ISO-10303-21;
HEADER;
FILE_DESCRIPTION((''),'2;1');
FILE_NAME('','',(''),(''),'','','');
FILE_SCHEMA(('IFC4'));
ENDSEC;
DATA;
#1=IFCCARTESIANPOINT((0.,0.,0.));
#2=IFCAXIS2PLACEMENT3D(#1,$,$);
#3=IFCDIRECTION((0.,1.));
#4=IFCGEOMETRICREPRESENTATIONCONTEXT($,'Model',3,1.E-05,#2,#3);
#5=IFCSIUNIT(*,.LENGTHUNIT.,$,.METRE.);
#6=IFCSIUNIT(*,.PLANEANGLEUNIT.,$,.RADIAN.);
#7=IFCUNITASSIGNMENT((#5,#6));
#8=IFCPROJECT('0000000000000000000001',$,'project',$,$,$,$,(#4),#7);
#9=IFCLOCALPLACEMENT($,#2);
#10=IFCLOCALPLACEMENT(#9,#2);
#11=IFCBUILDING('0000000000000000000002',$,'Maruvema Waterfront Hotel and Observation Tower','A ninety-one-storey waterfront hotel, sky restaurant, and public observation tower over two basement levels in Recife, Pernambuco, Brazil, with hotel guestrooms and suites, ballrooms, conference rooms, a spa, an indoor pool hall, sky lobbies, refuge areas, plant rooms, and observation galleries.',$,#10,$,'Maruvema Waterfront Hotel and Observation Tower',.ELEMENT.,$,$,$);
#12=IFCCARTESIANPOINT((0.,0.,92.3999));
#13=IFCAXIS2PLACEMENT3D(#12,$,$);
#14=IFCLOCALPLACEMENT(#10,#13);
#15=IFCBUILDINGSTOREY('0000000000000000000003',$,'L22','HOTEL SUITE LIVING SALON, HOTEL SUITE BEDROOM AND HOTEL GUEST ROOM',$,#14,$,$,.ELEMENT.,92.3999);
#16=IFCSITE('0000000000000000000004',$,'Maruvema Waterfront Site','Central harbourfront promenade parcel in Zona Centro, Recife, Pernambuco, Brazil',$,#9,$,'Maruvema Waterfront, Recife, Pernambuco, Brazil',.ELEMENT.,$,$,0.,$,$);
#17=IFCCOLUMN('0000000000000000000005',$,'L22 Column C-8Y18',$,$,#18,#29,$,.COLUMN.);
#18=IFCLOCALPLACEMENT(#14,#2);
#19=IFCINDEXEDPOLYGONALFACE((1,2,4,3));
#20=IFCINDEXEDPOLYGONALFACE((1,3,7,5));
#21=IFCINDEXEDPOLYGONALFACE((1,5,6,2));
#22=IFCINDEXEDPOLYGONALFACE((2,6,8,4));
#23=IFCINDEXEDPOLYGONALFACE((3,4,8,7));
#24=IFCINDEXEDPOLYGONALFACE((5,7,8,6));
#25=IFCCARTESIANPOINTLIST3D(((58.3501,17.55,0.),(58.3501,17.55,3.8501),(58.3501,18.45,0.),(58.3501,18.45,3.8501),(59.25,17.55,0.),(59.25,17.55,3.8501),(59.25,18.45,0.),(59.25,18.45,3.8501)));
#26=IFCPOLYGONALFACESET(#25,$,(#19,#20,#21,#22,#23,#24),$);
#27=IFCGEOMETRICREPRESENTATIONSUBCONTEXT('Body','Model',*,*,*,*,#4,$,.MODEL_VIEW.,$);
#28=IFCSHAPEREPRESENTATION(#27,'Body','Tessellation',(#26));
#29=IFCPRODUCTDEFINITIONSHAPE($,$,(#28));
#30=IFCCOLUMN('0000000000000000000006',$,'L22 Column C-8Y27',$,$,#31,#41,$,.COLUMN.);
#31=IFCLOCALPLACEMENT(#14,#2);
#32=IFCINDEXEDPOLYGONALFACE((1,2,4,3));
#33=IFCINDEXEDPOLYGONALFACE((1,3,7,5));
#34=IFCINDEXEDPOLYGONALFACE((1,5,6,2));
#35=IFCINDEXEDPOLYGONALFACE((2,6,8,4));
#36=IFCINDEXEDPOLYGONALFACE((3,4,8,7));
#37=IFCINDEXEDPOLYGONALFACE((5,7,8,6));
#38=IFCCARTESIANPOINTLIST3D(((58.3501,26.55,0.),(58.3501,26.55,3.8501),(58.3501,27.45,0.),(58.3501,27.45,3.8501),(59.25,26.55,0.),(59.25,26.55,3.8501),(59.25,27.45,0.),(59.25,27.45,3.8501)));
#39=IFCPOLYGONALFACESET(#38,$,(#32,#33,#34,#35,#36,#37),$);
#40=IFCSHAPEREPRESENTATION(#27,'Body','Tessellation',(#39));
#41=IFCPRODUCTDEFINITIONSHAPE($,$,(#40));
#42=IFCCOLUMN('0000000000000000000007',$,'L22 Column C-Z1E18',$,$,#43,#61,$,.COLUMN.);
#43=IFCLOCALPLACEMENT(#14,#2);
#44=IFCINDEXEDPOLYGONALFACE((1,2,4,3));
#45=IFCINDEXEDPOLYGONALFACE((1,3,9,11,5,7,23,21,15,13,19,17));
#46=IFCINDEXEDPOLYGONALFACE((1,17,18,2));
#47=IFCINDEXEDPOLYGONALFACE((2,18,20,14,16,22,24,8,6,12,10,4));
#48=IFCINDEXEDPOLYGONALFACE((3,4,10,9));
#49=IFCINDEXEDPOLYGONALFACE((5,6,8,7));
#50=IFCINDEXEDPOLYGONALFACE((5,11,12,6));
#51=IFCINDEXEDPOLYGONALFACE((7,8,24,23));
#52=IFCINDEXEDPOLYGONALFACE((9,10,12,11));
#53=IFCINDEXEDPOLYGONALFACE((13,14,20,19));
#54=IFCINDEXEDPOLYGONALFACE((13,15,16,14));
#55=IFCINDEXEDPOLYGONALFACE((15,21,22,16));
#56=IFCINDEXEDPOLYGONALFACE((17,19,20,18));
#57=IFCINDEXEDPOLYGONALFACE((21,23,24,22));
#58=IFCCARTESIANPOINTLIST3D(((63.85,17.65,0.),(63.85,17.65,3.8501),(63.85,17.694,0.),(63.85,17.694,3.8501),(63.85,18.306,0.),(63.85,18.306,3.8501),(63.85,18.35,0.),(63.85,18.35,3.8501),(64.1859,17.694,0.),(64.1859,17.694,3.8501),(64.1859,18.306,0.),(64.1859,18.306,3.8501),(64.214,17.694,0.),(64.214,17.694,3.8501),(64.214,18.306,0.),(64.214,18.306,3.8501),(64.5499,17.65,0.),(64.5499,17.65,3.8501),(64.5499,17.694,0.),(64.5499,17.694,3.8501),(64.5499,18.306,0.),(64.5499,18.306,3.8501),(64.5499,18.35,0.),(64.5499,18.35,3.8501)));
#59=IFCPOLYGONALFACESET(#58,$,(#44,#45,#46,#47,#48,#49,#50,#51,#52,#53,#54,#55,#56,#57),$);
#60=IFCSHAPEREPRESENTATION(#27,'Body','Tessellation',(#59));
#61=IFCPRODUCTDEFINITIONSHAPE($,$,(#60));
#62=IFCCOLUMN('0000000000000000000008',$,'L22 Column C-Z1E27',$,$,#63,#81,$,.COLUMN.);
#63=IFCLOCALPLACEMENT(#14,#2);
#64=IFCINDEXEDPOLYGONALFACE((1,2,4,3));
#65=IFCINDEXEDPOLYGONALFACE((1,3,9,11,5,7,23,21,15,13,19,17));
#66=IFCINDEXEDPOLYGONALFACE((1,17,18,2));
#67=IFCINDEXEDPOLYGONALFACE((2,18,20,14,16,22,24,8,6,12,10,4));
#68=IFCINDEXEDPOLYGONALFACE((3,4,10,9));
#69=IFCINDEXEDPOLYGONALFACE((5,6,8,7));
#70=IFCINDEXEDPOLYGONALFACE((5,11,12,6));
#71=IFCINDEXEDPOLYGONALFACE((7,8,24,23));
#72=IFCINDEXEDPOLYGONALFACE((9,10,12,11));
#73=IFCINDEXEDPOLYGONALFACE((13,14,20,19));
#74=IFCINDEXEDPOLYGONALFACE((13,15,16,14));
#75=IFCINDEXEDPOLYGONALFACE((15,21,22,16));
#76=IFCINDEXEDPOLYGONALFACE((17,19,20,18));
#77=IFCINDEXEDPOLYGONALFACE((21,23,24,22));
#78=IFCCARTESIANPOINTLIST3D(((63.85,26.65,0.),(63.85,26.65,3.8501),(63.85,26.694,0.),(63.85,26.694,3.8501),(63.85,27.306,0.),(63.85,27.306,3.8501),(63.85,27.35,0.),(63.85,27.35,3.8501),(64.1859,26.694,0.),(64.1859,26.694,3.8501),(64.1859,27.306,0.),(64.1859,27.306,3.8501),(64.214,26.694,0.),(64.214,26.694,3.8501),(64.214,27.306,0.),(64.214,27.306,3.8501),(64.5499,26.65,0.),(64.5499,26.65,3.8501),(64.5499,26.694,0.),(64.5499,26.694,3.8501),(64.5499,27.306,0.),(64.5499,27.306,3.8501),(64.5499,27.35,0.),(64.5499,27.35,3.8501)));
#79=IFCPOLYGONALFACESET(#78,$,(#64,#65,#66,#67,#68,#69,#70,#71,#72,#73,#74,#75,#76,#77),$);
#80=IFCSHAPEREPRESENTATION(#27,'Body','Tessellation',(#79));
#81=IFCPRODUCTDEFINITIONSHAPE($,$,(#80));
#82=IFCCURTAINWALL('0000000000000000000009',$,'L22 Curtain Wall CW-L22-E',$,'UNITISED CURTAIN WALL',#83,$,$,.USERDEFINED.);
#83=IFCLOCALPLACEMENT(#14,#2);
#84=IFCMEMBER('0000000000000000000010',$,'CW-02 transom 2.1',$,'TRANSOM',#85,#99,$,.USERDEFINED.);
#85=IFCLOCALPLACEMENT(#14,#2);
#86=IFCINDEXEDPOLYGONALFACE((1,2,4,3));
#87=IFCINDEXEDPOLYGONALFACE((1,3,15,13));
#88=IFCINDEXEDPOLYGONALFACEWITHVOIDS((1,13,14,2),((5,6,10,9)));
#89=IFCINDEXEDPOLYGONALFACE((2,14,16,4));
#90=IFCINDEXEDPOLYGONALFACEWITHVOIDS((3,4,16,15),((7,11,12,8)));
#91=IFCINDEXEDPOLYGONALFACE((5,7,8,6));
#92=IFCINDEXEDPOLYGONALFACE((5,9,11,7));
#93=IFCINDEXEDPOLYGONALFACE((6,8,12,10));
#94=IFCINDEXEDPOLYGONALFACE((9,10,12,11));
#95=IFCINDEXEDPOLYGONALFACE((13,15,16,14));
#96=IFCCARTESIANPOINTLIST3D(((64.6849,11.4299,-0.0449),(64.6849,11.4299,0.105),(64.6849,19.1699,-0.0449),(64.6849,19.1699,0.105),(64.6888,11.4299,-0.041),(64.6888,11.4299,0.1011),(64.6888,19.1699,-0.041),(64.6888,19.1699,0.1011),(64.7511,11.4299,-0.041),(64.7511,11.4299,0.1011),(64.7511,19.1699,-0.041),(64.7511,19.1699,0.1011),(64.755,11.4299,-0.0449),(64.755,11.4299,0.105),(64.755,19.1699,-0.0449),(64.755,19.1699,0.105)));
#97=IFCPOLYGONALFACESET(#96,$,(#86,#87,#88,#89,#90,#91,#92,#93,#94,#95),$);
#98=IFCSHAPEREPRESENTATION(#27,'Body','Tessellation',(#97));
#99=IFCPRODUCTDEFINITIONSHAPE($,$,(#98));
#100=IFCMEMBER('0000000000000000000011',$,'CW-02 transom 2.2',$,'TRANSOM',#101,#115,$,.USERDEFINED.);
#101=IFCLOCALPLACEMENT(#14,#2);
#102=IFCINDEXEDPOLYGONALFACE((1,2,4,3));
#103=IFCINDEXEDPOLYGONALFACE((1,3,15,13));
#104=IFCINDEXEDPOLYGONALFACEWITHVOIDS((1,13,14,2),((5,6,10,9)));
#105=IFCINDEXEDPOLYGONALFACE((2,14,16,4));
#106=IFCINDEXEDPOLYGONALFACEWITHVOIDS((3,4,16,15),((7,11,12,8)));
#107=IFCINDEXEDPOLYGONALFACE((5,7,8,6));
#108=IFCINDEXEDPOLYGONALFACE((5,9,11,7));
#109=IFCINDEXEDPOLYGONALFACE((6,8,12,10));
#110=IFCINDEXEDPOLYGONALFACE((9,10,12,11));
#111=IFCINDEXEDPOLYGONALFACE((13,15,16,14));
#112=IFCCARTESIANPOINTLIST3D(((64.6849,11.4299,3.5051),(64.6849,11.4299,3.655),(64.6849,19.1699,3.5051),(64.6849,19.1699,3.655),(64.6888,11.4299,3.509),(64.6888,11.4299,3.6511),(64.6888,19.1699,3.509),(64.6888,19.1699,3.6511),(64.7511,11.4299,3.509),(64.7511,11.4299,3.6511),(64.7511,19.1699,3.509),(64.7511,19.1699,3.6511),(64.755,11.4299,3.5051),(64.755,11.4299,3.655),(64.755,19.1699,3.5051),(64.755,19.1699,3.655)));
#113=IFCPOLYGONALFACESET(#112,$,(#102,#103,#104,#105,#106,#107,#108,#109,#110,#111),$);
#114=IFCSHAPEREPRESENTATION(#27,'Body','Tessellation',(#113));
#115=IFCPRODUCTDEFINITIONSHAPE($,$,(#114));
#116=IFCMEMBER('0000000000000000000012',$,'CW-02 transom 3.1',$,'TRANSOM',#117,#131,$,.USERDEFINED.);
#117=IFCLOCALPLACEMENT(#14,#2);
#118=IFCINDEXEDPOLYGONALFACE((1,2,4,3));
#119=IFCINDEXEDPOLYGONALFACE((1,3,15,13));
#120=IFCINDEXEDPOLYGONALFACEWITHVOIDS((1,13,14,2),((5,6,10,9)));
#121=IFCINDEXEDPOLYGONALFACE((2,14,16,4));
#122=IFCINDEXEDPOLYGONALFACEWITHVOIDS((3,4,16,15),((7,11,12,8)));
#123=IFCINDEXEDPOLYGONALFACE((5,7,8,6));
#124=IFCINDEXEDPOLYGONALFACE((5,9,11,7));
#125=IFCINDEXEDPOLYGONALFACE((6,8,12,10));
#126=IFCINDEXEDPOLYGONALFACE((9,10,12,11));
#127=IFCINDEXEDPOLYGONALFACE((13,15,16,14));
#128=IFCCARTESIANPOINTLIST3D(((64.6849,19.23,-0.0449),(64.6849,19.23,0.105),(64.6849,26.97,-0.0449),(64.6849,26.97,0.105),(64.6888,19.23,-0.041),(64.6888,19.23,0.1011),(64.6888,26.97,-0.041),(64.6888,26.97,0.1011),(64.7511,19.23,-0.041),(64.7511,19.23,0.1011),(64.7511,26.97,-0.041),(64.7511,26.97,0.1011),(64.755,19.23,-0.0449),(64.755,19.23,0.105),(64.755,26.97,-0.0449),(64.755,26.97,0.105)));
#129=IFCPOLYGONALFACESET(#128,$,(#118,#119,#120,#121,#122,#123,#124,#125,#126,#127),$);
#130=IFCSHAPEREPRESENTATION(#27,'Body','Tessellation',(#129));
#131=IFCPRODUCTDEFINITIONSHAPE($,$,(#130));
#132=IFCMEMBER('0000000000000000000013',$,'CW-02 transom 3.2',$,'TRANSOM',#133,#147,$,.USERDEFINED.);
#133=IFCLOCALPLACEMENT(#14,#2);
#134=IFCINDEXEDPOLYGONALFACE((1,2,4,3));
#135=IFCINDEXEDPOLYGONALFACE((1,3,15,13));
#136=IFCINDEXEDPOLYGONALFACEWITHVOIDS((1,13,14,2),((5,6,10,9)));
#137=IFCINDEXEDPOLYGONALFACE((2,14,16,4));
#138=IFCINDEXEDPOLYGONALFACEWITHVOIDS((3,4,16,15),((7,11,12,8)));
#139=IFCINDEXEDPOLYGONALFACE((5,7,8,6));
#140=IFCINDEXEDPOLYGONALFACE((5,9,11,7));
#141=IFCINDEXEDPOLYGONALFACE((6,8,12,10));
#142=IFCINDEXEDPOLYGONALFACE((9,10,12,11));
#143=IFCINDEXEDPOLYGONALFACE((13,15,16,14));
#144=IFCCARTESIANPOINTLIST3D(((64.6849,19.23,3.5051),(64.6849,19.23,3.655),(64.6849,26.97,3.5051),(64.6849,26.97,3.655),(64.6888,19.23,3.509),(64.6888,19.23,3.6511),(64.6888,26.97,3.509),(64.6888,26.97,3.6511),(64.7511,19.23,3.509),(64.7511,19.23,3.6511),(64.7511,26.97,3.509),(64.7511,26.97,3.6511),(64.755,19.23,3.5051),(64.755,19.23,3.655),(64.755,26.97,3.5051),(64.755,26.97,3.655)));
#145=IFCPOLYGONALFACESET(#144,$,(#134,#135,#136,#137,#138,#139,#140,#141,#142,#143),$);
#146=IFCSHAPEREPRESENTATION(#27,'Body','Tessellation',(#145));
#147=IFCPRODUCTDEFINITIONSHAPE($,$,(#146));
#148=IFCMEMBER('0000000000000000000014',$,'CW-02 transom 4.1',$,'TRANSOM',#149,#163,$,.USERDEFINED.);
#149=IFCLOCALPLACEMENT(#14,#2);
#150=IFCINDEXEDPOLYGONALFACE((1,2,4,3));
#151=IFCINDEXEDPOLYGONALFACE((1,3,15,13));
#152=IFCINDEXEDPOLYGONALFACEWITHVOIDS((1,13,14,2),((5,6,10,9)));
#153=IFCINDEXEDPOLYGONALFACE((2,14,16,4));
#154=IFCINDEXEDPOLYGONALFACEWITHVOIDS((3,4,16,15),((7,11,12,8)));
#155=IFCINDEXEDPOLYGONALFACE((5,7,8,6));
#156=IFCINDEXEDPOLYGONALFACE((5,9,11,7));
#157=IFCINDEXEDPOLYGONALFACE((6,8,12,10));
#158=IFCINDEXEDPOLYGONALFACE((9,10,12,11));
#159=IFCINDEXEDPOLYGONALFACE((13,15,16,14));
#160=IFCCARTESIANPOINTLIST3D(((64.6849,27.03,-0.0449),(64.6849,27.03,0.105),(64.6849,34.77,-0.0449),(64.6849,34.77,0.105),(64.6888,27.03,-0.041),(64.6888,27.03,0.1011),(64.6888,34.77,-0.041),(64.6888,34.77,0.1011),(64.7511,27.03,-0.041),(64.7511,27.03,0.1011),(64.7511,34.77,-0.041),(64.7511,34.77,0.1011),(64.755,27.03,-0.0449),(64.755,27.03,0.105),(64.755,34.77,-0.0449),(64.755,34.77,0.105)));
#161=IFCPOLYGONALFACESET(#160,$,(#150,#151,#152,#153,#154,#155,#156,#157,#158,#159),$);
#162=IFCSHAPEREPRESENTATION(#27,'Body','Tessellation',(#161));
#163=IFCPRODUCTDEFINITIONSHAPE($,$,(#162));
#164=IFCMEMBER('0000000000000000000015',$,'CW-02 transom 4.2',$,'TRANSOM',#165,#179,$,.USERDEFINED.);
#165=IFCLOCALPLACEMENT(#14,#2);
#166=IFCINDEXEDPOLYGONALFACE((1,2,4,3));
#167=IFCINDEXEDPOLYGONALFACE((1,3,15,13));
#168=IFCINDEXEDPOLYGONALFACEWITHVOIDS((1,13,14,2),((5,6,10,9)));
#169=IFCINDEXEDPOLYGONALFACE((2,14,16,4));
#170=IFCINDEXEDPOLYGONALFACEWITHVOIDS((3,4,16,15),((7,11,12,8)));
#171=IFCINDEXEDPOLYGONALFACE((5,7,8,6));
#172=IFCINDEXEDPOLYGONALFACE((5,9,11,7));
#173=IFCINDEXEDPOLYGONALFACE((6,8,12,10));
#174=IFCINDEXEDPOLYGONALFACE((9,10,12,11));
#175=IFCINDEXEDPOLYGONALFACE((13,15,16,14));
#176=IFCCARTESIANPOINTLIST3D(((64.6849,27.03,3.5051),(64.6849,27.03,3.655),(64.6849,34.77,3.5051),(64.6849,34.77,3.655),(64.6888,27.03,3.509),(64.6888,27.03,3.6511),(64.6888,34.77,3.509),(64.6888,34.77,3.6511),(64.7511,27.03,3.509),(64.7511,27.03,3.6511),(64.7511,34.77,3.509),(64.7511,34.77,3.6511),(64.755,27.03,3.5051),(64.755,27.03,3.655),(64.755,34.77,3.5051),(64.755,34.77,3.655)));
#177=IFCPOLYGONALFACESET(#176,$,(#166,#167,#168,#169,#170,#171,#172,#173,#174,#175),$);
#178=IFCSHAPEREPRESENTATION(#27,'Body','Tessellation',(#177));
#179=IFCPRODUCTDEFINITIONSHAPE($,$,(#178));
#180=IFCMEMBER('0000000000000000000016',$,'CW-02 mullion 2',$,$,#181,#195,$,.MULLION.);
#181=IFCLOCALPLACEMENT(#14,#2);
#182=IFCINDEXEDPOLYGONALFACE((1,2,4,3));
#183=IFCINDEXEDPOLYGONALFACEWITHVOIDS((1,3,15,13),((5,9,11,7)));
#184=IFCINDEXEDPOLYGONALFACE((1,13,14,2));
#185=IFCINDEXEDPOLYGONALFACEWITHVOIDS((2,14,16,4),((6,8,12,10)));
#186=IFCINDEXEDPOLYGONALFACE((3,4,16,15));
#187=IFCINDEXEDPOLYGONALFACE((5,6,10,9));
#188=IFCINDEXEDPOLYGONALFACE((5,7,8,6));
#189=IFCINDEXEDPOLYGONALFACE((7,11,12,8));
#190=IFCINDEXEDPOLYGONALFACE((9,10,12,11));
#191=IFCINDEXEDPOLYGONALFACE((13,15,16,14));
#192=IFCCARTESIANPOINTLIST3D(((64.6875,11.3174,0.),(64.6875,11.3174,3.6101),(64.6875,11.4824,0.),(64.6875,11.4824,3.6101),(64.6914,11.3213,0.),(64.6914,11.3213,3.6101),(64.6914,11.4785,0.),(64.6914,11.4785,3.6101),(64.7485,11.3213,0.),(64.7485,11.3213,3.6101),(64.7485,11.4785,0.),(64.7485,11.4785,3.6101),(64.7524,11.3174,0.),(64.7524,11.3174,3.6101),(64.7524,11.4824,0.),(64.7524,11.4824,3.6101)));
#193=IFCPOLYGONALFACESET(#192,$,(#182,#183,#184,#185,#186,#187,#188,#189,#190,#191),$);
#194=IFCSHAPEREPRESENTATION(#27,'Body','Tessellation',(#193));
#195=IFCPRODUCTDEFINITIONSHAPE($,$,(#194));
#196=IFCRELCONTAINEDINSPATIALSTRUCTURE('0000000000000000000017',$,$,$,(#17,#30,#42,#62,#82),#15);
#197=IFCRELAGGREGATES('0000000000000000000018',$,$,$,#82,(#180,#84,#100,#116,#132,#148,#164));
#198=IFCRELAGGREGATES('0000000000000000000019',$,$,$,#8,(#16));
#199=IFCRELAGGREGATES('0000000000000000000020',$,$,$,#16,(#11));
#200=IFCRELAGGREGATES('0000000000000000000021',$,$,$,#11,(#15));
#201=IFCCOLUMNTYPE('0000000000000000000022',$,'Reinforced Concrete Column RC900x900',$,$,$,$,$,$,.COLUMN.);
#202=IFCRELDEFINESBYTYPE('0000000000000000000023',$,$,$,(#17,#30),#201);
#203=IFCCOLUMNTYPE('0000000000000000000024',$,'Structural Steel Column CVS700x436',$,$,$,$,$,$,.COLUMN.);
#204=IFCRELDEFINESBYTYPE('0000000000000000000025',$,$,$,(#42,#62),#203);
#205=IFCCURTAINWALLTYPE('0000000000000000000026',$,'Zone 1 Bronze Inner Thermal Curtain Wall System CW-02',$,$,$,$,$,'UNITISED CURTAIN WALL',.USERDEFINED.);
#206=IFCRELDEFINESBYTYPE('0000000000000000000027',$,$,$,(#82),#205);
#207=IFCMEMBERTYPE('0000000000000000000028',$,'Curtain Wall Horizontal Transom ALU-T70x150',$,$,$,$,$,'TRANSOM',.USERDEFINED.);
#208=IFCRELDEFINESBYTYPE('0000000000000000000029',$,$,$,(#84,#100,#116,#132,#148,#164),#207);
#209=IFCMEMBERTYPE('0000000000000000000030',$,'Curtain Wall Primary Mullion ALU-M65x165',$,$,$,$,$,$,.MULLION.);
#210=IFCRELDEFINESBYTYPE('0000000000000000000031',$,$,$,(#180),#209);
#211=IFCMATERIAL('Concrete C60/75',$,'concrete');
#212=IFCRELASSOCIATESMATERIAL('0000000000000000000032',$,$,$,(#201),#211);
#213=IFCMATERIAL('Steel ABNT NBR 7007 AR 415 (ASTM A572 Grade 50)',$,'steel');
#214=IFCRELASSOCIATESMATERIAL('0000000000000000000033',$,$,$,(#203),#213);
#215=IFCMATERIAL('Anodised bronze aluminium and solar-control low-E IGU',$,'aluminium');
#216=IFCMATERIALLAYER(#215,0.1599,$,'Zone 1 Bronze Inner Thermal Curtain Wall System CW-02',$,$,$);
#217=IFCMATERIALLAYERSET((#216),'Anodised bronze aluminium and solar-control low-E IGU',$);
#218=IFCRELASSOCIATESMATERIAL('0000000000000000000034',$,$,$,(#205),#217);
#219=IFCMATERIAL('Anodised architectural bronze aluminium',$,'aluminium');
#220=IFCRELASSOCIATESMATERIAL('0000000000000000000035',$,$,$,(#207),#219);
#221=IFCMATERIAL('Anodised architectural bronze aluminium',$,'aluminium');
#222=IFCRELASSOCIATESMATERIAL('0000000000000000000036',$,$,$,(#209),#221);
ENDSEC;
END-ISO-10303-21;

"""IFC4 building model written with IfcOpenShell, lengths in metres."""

from ifc_helpers import new_model, si_unit, direction, frame, origin, origin_2d, place, context, subcontext, project, spatial, rectangle, hollow_rectangle, i_section, extrude, material, layer, layer_set, material_profile, profile_set, type_object, element, aggregate, save


model = new_model("IFC4")

# Units and contexts
model_context = context("Model", 3, precision=1e-05, world=origin(), true_north=direction((0.0, 1.0)))
body_context = subcontext(model_context, "Body", "Model", "MODEL_VIEW")
ifc_project = project(units=[si_unit("LENGTHUNIT", "METRE"), si_unit("PLANEANGLEUNIT", "RADIAN")], contexts=[model_context])

# Site, building, storey
site_placement = place(None, origin())
site = spatial("IfcSite", under=ifc_project, at=site_placement, Name="Maruvema Waterfront Site", Description="Central harbourfront promenade parcel in Zona Centro, Recife, Pernambuco, Brazil", LongName="Maruvema Waterfront, Recife, Pernambuco, Brazil", CompositionType="ELEMENT", RefElevation=0.0)
building_placement = place(site_placement, origin())
building = spatial("IfcBuilding", under=site, at=building_placement, Name="Maruvema Waterfront Hotel and Observation Tower", Description="A ninety-one-storey waterfront hotel, sky restaurant, and public observation tower over two basement levels in Recife, Pernambuco, Brazil, with hotel guestrooms and suites, ballrooms, conference rooms, a spa, an indoor pool hall, sky lobbies, refuge areas, plant rooms, and observation galleries.", LongName="Maruvema Waterfront Hotel and Observation Tower", CompositionType="ELEMENT")
storey_placement = place(building_placement, frame((0.0, 0.0, 92.3999)))
storey = spatial("IfcBuildingStorey", under=building, at=storey_placement, Name="L22", Description="HOTEL SUITE LIVING SALON, HOTEL SUITE BEDROOM AND HOTEL GUEST ROOM", CompositionType="ELEMENT", Elevation=92.3999)

# Columns
ifc_material_1 = material(Name="Concrete C60/75", Category="concrete")
ifc_material_profile_1 = material_profile(ifc_material_1, rectangle(XDim=0.8999, YDim=0.8999, at=origin_2d()), Name="RC900x900")
ifc_profile_set_1 = profile_set([ifc_material_profile_1], Name="Concrete C60/75")
column_type_1 = type_object("IfcColumnType", Name="Reinforced Concrete Column RC900x900", PredefinedType="COLUMN", material=ifc_profile_set_1)
for number, where, z_axis, x_axis, name in (
    (1, (58.8, 18.0, 0.0), (0.0, 0.0, 1.0), (1.0, 0.0, 0.0), "L22 Column C-8Y18"),
    (2, (58.8, 27.0, 0.0), (0.0, 0.0, 1.0), (1.0, 0.0, 0.0), "L22 Column C-8Y27"),
):
    element("IfcColumn", number, at=place(storey_placement, frame(where, z_axis=z_axis, x_axis=x_axis)), inside=storey, type_object=column_type_1, Name=name, PredefinedType="COLUMN", context=body_context, shape_type="SweptSolid", body=[
        extrude(rectangle(XDim=0.8999, YDim=0.8999, at=origin_2d()), origin(), (0.0, 0.0, 1.0), 3.8501),
    ])
ifc_material_2 = material(Name="Steel ABNT NBR 7007 AR 415 (ASTM A572 Grade 50)", Category="steel")
ifc_material_profile_2 = material_profile(ifc_material_2, i_section(OverallWidth=0.7, OverallDepth=0.7, WebThickness=0.0281, FlangeThickness=0.0439, at=origin_2d()), Name="CVS700x436")
ifc_profile_set_2 = profile_set([ifc_material_profile_2], Name="Steel ABNT NBR 7007 AR 415 (ASTM A572 Grade 50)")
column_type_2 = type_object("IfcColumnType", Name="Structural Steel Column CVS700x436", PredefinedType="COLUMN", material=ifc_profile_set_2)
for number, where, z_axis, x_axis, name in (
    (3, (64.2, 18.0, 0.0), (0.0, 0.0, 1.0), (1.0, 0.0, 0.0), "L22 Column C-Z1E18"),
    (4, (64.2, 27.0, 0.0), (0.0, 0.0, 1.0), (1.0, 0.0, 0.0), "L22 Column C-Z1E27"),
):
    element("IfcColumn", number, at=place(storey_placement, frame(where, z_axis=z_axis, x_axis=x_axis)), inside=storey, type_object=column_type_2, Name=name, PredefinedType="COLUMN", context=body_context, shape_type="SweptSolid", body=[
        extrude(i_section(OverallWidth=0.7, OverallDepth=0.7, WebThickness=0.0281, FlangeThickness=0.0439, at=origin_2d()), origin(), (0.0, 0.0, 1.0), 3.8501),
    ])

# Curtain wall, members
ifc_material_3 = material(Name="Anodised bronze aluminium and solar-control low-E IGU", Category="aluminium")
ifc_layer_1 = layer(ifc_material_3, 0.1599, Name="Zone 1 Bronze Inner Thermal Curtain Wall System CW-02")
ifc_layer_set_1 = layer_set([ifc_layer_1], Name="Anodised bronze aluminium and solar-control low-E IGU")
curtain_wall_type = type_object("IfcCurtainWallType", Name="Zone 1 Bronze Inner Thermal Curtain Wall System CW-02", ElementType="UNITISED CURTAIN WALL", PredefinedType="USERDEFINED", material=ifc_layer_set_1)
curtain_wall_placement = place(storey_placement, origin())
curtain_wall = element("IfcCurtainWall", 5, at=curtain_wall_placement, inside=storey, type_object=curtain_wall_type, Name="L22 Curtain Wall CW-L22-E", ObjectType="UNITISED CURTAIN WALL", PredefinedType="USERDEFINED")
ifc_material_4 = material(Name="Anodised architectural bronze aluminium", Category="aluminium")
ifc_material_profile_3 = material_profile(ifc_material_4, hollow_rectangle(XDim=0.0701, YDim=0.1499, WallThickness=0.0039, at=origin_2d()), Name="ALU-T70x150")
ifc_profile_set_3 = profile_set([ifc_material_profile_3], Name="Anodised architectural bronze aluminium")
member_type_1 = type_object("IfcMemberType", Name="Curtain Wall Horizontal Transom ALU-T70x150", ElementType="TRANSOM", PredefinedType="USERDEFINED", material=ifc_profile_set_3)
member_1_placement = place(storey_placement, frame((64.72, 11.4299, 0.03), z_axis=(0.0, 1.0, 0.0), x_axis=(-1.0, 0.0, 0.0)))
member_1 = element("IfcMember", 6, at=member_1_placement, type_object=member_type_1, Name="CW-02 transom 2.1", ObjectType="TRANSOM", PredefinedType="USERDEFINED", context=body_context, shape_type="SweptSolid", body=[
    extrude(hollow_rectangle(XDim=0.0701, YDim=0.1499, WallThickness=0.0039, at=origin_2d()), origin(), (0.0, 0.0, 1.0), 7.74),
])
member_2_placement = place(storey_placement, frame((64.72, 11.4299, 3.5801), z_axis=(0.0, 1.0, 0.0), x_axis=(-1.0, 0.0, 0.0)))
member_2 = element("IfcMember", 7, at=member_2_placement, type_object=member_type_1, Name="CW-02 transom 2.2", ObjectType="TRANSOM", PredefinedType="USERDEFINED", context=body_context, shape_type="SweptSolid", body=[
    extrude(hollow_rectangle(XDim=0.0701, YDim=0.1499, WallThickness=0.0039, at=origin_2d()), origin(), (0.0, 0.0, 1.0), 7.74),
])
member_3_placement = place(storey_placement, frame((64.72, 19.23, 0.03), z_axis=(0.0, 1.0, 0.0), x_axis=(-1.0, 0.0, 0.0)))
member_3 = element("IfcMember", 8, at=member_3_placement, type_object=member_type_1, Name="CW-02 transom 3.1", ObjectType="TRANSOM", PredefinedType="USERDEFINED", context=body_context, shape_type="SweptSolid", body=[
    extrude(hollow_rectangle(XDim=0.0701, YDim=0.1499, WallThickness=0.0039, at=origin_2d()), origin(), (0.0, 0.0, 1.0), 7.74),
])
member_4_placement = place(storey_placement, frame((64.72, 19.23, 3.5801), z_axis=(0.0, 1.0, 0.0), x_axis=(-1.0, 0.0, 0.0)))
member_4 = element("IfcMember", 9, at=member_4_placement, type_object=member_type_1, Name="CW-02 transom 3.2", ObjectType="TRANSOM", PredefinedType="USERDEFINED", context=body_context, shape_type="SweptSolid", body=[
    extrude(hollow_rectangle(XDim=0.0701, YDim=0.1499, WallThickness=0.0039, at=origin_2d()), origin(), (0.0, 0.0, 1.0), 7.74),
])
member_5_placement = place(storey_placement, frame((64.72, 27.03, 0.03), z_axis=(0.0, 1.0, 0.0), x_axis=(-1.0, 0.0, 0.0)))
member_5 = element("IfcMember", 10, at=member_5_placement, type_object=member_type_1, Name="CW-02 transom 4.1", ObjectType="TRANSOM", PredefinedType="USERDEFINED", context=body_context, shape_type="SweptSolid", body=[
    extrude(hollow_rectangle(XDim=0.0701, YDim=0.1499, WallThickness=0.0039, at=origin_2d()), origin(), (0.0, 0.0, 1.0), 7.74),
])
member_6_placement = place(storey_placement, frame((64.72, 27.03, 3.5801), z_axis=(0.0, 1.0, 0.0), x_axis=(-1.0, 0.0, 0.0)))
member_6 = element("IfcMember", 11, at=member_6_placement, type_object=member_type_1, Name="CW-02 transom 4.2", ObjectType="TRANSOM", PredefinedType="USERDEFINED", context=body_context, shape_type="SweptSolid", body=[
    extrude(hollow_rectangle(XDim=0.0701, YDim=0.1499, WallThickness=0.0039, at=origin_2d()), origin(), (0.0, 0.0, 1.0), 7.74),
])
ifc_material_5 = material(Name="Anodised architectural bronze aluminium", Category="aluminium")
ifc_material_profile_4 = material_profile(ifc_material_5, hollow_rectangle(XDim=0.0649, YDim=0.165, WallThickness=0.0039, at=origin_2d()), Name="ALU-M65x165")
ifc_profile_set_4 = profile_set([ifc_material_profile_4], Name="Anodised architectural bronze aluminium")
member_type_2 = type_object("IfcMemberType", Name="Curtain Wall Primary Mullion ALU-M65x165", PredefinedType="MULLION", material=ifc_profile_set_4)
member_7_placement = place(storey_placement, frame((64.72, 11.3999, 0.0), z_axis=(0.0, 0.0, 1.0), x_axis=(-1.0, 0.0, 0.0)))
member_7 = element("IfcMember", 12, at=member_7_placement, type_object=member_type_2, Name="CW-02 mullion 2", PredefinedType="MULLION", context=body_context, shape_type="SweptSolid", body=[
    extrude(hollow_rectangle(XDim=0.0649, YDim=0.165, WallThickness=0.0039, at=origin_2d()), origin(), (0.0, 0.0, 1.0), 3.6101),
])

aggregate(curtain_wall, [member_7, member_1, member_2, member_3, member_4, member_5, member_6])

save(model, "model.ifc")
